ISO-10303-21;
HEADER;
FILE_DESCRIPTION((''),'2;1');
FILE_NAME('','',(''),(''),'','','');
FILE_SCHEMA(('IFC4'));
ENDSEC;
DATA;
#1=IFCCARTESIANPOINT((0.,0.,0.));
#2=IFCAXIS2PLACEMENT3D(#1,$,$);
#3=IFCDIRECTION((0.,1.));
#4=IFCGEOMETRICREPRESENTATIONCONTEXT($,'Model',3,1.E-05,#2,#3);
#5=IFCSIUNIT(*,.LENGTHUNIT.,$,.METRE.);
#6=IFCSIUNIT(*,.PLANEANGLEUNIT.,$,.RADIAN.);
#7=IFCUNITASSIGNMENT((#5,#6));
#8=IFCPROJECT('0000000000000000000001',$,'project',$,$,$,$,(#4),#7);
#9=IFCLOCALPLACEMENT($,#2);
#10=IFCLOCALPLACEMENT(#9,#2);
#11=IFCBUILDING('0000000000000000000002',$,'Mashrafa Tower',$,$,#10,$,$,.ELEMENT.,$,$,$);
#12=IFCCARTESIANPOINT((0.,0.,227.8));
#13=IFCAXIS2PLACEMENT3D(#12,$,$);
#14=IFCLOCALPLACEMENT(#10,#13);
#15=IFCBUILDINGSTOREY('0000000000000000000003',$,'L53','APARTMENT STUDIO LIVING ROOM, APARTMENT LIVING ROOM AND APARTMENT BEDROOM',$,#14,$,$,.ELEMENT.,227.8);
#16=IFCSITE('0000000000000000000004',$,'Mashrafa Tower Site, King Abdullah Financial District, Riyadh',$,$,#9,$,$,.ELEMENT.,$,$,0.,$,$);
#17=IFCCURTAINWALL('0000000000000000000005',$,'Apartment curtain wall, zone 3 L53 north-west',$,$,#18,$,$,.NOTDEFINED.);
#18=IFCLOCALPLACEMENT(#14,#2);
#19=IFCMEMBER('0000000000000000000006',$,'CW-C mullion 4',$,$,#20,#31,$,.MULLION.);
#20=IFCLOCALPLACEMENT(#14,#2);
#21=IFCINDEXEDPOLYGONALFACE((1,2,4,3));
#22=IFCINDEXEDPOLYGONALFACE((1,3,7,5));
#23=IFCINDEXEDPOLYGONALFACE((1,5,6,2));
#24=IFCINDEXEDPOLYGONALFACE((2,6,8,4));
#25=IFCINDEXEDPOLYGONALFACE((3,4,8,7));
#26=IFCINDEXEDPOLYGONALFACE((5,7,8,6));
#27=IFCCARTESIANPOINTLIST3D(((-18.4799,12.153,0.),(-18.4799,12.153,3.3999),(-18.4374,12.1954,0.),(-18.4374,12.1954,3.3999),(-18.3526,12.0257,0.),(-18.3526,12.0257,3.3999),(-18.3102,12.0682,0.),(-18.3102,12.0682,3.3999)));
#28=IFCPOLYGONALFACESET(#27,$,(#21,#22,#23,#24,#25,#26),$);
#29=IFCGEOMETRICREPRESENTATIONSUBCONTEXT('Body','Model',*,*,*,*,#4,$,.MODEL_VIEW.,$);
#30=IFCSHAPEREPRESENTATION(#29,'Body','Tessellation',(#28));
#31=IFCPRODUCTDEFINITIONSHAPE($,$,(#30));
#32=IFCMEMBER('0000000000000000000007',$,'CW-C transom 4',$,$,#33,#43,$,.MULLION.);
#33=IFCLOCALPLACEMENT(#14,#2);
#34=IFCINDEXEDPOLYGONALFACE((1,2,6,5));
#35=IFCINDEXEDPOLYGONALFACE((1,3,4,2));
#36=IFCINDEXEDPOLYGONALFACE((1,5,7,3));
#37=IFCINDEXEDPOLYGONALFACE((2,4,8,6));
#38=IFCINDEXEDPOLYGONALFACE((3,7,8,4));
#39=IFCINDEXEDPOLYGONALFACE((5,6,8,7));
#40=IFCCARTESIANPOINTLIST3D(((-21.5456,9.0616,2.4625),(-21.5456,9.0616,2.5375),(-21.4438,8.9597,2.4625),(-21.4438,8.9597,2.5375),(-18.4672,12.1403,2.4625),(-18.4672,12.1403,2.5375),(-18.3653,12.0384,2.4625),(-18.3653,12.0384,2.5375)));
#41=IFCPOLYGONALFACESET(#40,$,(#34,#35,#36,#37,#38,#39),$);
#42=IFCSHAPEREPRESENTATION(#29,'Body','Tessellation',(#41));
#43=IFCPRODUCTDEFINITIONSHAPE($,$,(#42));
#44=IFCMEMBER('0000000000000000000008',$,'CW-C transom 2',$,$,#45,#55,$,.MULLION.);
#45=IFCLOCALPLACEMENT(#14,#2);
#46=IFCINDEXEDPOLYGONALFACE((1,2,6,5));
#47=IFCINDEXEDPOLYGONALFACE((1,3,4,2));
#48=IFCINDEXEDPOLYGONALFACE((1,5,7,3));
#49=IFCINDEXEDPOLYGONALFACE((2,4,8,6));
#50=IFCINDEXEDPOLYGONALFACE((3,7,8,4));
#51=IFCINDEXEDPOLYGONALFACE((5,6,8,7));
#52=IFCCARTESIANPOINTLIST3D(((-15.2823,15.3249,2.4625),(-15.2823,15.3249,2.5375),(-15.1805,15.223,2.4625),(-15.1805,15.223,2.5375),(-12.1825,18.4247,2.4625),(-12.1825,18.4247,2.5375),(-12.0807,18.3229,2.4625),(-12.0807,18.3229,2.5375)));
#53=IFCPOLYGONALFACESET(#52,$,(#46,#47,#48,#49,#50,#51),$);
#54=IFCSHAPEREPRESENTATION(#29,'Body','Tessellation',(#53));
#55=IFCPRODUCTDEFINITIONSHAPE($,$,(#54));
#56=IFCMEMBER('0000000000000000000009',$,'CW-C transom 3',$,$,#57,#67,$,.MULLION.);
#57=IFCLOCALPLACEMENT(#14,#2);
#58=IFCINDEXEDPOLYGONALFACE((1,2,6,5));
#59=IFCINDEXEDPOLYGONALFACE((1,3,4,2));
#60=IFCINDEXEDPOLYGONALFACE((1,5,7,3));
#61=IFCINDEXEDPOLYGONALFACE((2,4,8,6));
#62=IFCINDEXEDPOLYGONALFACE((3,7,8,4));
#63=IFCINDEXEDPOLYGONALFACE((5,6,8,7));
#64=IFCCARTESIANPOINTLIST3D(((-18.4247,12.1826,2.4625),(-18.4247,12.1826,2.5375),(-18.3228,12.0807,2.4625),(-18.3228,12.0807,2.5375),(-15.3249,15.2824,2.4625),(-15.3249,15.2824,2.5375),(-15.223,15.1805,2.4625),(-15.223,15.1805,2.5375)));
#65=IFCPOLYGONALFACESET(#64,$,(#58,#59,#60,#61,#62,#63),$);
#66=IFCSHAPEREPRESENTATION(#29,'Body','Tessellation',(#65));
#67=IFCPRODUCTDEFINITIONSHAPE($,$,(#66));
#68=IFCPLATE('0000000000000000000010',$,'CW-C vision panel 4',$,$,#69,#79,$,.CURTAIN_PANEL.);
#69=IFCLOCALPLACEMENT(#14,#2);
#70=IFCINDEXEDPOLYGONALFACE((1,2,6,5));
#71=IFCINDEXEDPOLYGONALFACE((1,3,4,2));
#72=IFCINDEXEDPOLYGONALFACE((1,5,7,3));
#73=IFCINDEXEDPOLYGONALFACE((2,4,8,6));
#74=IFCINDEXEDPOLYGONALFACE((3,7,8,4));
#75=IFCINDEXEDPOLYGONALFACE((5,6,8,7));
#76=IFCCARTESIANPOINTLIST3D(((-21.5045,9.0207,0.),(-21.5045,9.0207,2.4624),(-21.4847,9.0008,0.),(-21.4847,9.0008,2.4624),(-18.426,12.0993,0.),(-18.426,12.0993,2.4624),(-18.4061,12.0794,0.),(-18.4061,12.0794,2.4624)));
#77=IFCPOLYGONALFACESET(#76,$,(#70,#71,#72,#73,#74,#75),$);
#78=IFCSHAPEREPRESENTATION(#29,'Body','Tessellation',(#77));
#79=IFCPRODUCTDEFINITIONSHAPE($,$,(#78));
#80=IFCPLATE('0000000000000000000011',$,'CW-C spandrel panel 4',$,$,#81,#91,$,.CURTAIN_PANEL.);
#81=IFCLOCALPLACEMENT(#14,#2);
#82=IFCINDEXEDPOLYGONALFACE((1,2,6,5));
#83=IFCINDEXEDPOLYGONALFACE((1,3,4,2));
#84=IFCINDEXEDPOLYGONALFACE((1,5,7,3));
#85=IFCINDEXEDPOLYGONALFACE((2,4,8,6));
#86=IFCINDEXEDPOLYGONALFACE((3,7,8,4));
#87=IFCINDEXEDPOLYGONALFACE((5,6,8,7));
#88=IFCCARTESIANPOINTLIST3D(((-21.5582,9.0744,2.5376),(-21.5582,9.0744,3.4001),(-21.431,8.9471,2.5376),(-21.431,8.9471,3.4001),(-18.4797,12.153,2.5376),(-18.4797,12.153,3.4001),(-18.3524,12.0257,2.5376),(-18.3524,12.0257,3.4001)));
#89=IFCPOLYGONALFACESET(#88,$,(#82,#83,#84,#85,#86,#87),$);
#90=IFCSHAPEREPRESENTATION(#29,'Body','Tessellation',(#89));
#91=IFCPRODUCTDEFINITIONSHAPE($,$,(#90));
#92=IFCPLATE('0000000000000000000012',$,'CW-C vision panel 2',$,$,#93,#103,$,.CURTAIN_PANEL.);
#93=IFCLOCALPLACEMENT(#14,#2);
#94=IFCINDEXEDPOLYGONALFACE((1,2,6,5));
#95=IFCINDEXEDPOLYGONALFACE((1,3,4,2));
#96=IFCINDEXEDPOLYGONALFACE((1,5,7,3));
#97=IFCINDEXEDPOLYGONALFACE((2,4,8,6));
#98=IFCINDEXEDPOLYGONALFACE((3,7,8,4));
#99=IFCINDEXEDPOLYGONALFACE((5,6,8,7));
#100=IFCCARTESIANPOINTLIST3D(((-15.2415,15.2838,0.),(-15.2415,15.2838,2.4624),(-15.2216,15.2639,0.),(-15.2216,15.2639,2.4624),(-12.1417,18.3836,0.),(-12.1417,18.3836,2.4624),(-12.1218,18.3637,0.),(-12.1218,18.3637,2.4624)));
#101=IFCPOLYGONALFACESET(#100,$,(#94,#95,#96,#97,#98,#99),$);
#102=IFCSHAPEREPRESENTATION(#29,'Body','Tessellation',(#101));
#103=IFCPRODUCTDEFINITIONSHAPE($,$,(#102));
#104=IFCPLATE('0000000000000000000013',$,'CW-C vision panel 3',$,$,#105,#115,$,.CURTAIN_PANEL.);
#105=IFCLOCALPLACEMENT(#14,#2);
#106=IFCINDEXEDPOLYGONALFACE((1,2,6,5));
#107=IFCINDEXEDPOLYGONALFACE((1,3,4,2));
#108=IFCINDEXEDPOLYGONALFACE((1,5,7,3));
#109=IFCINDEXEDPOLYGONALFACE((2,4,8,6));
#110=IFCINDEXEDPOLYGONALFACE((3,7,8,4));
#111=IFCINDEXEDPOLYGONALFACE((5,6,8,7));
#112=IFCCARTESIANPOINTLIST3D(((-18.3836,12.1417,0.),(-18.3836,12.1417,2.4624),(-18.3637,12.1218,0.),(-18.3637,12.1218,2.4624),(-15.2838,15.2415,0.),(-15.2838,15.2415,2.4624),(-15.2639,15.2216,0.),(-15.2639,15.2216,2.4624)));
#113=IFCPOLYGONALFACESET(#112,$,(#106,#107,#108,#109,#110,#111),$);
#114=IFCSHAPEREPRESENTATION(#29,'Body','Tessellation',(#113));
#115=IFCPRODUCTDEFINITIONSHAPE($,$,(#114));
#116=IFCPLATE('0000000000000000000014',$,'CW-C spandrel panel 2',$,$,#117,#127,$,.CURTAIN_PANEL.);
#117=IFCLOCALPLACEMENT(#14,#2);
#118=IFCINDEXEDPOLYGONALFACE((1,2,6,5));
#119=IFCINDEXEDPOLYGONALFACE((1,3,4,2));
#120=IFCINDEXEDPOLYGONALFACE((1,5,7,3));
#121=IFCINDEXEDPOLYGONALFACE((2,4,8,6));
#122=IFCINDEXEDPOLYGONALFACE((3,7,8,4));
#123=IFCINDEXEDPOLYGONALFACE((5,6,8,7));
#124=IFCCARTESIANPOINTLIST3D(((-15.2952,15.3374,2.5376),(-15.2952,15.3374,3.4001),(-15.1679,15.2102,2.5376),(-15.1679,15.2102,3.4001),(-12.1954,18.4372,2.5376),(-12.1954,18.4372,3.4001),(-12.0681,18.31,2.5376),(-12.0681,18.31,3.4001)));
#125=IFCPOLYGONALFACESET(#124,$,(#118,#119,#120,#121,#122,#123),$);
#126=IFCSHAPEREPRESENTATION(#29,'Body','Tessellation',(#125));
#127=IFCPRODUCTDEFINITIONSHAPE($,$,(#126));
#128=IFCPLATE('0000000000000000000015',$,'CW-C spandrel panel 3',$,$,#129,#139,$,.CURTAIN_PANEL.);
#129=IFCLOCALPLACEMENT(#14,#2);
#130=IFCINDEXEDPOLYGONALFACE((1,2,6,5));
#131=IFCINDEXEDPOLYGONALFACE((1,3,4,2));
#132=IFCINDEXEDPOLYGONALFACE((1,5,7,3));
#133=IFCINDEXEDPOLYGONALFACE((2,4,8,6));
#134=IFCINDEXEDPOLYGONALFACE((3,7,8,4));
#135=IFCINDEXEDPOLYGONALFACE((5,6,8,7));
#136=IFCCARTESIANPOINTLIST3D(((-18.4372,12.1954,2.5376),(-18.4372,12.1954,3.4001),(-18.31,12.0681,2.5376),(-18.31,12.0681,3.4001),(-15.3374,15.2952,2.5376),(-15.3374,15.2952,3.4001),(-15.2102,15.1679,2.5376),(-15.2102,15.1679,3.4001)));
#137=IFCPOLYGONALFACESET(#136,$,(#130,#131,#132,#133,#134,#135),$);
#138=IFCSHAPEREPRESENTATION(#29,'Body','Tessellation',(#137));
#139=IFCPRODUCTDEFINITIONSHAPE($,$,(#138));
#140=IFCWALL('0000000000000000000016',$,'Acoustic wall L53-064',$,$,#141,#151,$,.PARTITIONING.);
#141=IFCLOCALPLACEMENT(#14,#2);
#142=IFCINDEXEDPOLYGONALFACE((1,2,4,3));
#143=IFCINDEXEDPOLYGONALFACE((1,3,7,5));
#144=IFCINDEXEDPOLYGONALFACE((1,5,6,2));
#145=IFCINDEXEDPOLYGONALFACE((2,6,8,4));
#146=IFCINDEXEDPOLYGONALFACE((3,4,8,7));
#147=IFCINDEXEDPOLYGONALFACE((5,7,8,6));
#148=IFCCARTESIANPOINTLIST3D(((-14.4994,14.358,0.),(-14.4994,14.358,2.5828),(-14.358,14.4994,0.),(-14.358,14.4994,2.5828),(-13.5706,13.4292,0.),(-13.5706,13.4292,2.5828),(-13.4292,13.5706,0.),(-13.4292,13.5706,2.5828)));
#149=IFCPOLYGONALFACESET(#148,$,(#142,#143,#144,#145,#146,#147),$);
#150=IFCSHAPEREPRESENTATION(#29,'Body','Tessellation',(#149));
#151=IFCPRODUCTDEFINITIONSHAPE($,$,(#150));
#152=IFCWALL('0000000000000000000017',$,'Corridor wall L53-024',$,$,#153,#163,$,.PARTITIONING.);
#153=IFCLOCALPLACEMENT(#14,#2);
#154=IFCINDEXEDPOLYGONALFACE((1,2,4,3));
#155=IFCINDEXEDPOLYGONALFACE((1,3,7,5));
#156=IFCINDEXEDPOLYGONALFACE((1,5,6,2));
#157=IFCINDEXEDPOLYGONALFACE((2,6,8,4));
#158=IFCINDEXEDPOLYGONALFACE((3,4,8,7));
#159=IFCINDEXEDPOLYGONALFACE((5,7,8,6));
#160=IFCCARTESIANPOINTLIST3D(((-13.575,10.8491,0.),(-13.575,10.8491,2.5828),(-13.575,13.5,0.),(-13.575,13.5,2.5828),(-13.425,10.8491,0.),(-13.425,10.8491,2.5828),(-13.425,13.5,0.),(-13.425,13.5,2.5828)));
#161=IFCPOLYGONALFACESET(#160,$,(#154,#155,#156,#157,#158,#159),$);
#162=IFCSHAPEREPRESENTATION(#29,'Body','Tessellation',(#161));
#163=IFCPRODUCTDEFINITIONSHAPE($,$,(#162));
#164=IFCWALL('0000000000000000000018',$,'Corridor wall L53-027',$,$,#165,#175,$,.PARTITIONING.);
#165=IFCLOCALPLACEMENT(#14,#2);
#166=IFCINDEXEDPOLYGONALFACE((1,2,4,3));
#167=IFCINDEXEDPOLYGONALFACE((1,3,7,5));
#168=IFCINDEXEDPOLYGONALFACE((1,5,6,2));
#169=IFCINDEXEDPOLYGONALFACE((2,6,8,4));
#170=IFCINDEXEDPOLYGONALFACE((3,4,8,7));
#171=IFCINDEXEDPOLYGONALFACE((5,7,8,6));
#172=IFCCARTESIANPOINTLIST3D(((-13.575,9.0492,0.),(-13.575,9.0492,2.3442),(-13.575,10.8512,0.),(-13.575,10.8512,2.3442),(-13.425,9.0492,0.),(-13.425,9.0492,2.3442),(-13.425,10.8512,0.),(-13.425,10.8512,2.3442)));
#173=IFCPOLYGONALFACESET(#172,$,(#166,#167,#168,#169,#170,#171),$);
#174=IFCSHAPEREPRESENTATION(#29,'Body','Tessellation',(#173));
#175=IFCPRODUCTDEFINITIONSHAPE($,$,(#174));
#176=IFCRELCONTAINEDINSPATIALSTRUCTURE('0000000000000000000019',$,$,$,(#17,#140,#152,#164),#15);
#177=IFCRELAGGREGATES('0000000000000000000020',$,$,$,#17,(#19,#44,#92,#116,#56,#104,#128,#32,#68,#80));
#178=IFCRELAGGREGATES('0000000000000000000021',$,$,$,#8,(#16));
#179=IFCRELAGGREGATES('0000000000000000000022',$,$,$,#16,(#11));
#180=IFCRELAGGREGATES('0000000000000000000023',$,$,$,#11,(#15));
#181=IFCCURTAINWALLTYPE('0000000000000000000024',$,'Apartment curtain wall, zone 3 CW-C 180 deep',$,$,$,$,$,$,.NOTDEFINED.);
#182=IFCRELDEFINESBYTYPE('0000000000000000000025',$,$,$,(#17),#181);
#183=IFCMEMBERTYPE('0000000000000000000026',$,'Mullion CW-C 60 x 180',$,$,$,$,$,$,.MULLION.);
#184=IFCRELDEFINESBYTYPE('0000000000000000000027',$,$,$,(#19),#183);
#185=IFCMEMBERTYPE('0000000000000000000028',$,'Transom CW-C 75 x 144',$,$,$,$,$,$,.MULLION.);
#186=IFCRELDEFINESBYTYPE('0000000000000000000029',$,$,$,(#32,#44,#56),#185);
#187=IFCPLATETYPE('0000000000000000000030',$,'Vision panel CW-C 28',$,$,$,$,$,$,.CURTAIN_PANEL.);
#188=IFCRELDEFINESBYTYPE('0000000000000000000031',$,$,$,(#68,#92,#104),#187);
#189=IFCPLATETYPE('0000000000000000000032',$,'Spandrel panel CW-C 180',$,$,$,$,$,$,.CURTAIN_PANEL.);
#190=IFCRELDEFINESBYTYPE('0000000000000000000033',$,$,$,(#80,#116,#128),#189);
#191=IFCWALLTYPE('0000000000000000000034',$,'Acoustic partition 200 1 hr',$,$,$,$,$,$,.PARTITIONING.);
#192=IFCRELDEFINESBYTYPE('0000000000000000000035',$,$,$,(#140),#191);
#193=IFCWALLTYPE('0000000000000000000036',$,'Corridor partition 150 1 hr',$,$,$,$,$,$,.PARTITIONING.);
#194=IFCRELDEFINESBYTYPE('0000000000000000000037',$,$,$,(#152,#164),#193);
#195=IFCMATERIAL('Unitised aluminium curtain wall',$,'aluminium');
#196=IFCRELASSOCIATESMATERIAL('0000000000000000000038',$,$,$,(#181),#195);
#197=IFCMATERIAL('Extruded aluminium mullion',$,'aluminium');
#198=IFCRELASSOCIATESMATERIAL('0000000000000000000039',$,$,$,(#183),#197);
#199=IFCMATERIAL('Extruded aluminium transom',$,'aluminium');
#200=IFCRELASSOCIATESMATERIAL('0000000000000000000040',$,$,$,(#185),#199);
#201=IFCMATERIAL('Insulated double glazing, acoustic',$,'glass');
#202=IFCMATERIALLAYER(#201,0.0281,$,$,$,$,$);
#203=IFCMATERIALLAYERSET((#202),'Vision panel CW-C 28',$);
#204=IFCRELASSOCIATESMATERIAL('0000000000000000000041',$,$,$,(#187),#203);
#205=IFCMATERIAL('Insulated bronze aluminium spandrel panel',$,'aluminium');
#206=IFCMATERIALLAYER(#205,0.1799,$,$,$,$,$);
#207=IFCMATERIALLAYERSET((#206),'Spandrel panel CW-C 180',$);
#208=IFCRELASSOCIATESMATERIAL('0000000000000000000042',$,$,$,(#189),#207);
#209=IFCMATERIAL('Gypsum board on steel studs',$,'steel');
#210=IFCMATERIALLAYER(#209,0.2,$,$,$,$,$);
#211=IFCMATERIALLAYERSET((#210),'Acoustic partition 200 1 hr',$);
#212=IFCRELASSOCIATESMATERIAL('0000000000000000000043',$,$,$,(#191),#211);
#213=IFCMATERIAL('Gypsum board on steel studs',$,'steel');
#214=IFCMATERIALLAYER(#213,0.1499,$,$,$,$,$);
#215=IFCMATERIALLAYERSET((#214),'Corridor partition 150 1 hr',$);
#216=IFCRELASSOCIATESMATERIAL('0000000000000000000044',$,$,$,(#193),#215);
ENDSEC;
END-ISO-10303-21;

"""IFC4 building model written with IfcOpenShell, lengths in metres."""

from ifc_helpers import new_model, si_unit, direction, frame, frame_2d, origin, origin_2d, place, context, subcontext, project, spatial, rectangle, extrude, source, transform, mapped, material, layer, layer_set, material_profile, profile_set, type_object, type_shapes, element, aggregate, save


model = new_model("IFC4")

# Units and contexts
model_context = context("Model", 3, precision=1e-05, world=origin(), true_north=direction((0.0, 1.0)))
body_context = subcontext(model_context, "Body", "Model", "MODEL_VIEW")
ifc_project = project(units=[si_unit("LENGTHUNIT", "METRE"), si_unit("PLANEANGLEUNIT", "RADIAN")], contexts=[model_context])

# Site, building, storey
site_placement = place(None, origin())
site = spatial("IfcSite", under=ifc_project, at=site_placement, Name="Mashrafa Tower Site, King Abdullah Financial District, Riyadh", CompositionType="ELEMENT", RefElevation=0.0)
building_placement = place(site_placement, origin())
building = spatial("IfcBuilding", under=site, at=building_placement, Name="Mashrafa Tower", CompositionType="ELEMENT")
storey_placement = place(building_placement, frame((0.0, 0.0, 227.8)))
storey = spatial("IfcBuildingStorey", under=building, at=storey_placement, Name="L53", Description="APARTMENT STUDIO LIVING ROOM, APARTMENT LIVING ROOM AND APARTMENT BEDROOM", CompositionType="ELEMENT", Elevation=227.8)

# Curtain wall, members, plates
ifc_material_1 = material(Name="Unitised aluminium curtain wall", Category="aluminium")
curtain_wall_type = type_object("IfcCurtainWallType", Name="Apartment curtain wall, zone 3 CW-C 180 deep", PredefinedType="NOTDEFINED", material=ifc_material_1)
curtain_wall_placement = place(storey_placement, origin())
curtain_wall = element("IfcCurtainWall", 1, at=curtain_wall_placement, inside=storey, type_object=curtain_wall_type, Name="Apartment curtain wall, zone 3 L53 north-west", PredefinedType="NOTDEFINED")
ifc_material_2 = material(Name="Extruded aluminium mullion", Category="aluminium")
ifc_material_profile_1 = material_profile(ifc_material_2, rectangle(XDim=0.1799, YDim=0.0601, at=origin_2d()), Name="Mullion 60x180")
ifc_profile_set_1 = profile_set([ifc_material_profile_1], Name="Extruded aluminium mullion")
member_type_1 = type_object("IfcMemberType", Name="Mullion CW-C 60 x 180", PredefinedType="MULLION", material=ifc_profile_set_1)
shared_shape_1 = source(origin(), body_context, "Body", "SweptSolid", [
    extrude(rectangle(XDim=0.1799, YDim=0.0601, at=origin_2d()), origin(), (0.0, 0.0, 1.0), 3.3999),
])
type_shapes(member_type_1, [shared_shape_1])
member_1_placement = place(storey_placement, frame((-18.395, 12.1106, 0.0), z_axis=(0.0, 0.0, 1.0), x_axis=(0.707107, -0.707107, 0.0)))
member_1 = element("IfcMember", 2, at=member_1_placement, type_object=member_type_1, Name="CW-C mullion 4", PredefinedType="MULLION", context=body_context, shape_type="MappedRepresentation", body=[
    mapped(shared_shape_1, transform((0.0, 0.0, 0.0))),
])
ifc_material_3 = material(Name="Extruded aluminium transom", Category="aluminium")
ifc_material_profile_2 = material_profile(ifc_material_3, rectangle(XDim=0.144, YDim=0.075, at=origin_2d()), Name="Transom 75x144")
ifc_profile_set_2 = profile_set([ifc_material_profile_2], Name="Extruded aluminium transom")
member_type_2 = type_object("IfcMemberType", Name="Transom CW-C 75 x 144", PredefinedType="MULLION", material=ifc_profile_set_2)
shared_shape_2 = source(origin(), body_context, "Body", "SweptSolid", [
    extrude(rectangle(XDim=0.144, YDim=0.075, at=origin_2d()), origin(), (0.0, 0.0, 1.0), 4.3538),
])
member_2_placement = place(storey_placement, frame((-18.4163, 12.0894, 2.5), z_axis=(-0.707079, -0.707135, 0.0), x_axis=(0.707135, -0.707079, 0.0)))
member_2 = element("IfcMember", 3, at=member_2_placement, type_object=member_type_2, Name="CW-C transom 4", PredefinedType="MULLION", context=body_context, shape_type="MappedRepresentation", body=[
    mapped(shared_shape_2, transform((0.0, 0.0, 0.0))),
])
shared_shape_3 = source(origin(), body_context, "Body", "SweptSolid", [
    extrude(rectangle(XDim=0.144, YDim=0.075, at=origin_2d()), origin(), (0.0, 0.0, 1.0), 4.3838),
])
type_shapes(member_type_2, [shared_shape_2, shared_shape_3])
member_3_placement = place(storey_placement, frame((-12.1316, 18.3738, 2.5), z_axis=(-0.707107, -0.707107, 0.0), x_axis=(0.707107, -0.707107, 0.0)))
member_3 = element("IfcMember", 4, at=member_3_placement, type_object=member_type_2, Name="CW-C transom 2", PredefinedType="MULLION", context=body_context, shape_type="MappedRepresentation", body=[
    mapped(shared_shape_3, transform((0.0, 0.0, 0.0))),
])
member_4_placement = place(storey_placement, frame((-15.2739, 15.2314, 2.5), z_axis=(-0.707107, -0.707107, 0.0), x_axis=(0.707107, -0.707107, 0.0)))
member_4 = element("IfcMember", 5, at=member_4_placement, type_object=member_type_2, Name="CW-C transom 3", PredefinedType="MULLION", context=body_context, shape_type="MappedRepresentation", body=[
    mapped(shared_shape_3, transform((0.0, 0.0, 0.0))),
])
ifc_material_4 = material(Name="Insulated double glazing, acoustic", Category="glass")
ifc_layer_1 = layer(ifc_material_4, 0.0281)
ifc_layer_set_1 = layer_set([ifc_layer_1], Name="Vision panel CW-C 28")
plate_type_1 = type_object("IfcPlateType", Name="Vision panel CW-C 28", PredefinedType="CURTAIN_PANEL", material=ifc_layer_set_1)
shared_shape_4 = source(origin(), body_context, "Body", "SweptSolid", [
    extrude(rectangle(XDim=4.3538, YDim=0.0281, at=origin_2d()), origin(), (0.0, 0.0, 1.0), 2.4624),
])
plate_1_placement = place(storey_placement, frame((-19.9553, 10.55, 0.0), z_axis=(0.0, 0.0, 1.0), x_axis=(-0.707107, -0.707107, 0.0)))
plate_1 = element("IfcPlate", 6, at=plate_1_placement, type_object=plate_type_1, Name="CW-C vision panel 4", PredefinedType="CURTAIN_PANEL", context=body_context, shape_type="MappedRepresentation", body=[
    mapped(shared_shape_4, transform((0.0, 0.0, 0.0))),
])
ifc_material_5 = material(Name="Insulated bronze aluminium spandrel panel", Category="aluminium")
ifc_layer_2 = layer(ifc_material_5, 0.1799)
ifc_layer_set_2 = layer_set([ifc_layer_2], Name="Spandrel panel CW-C 180")
plate_type_2 = type_object("IfcPlateType", Name="Spandrel panel CW-C 180", PredefinedType="CURTAIN_PANEL", material=ifc_layer_set_2)
shared_shape_5 = source(origin(), body_context, "Body", "SweptSolid", [
    extrude(rectangle(XDim=4.3538, YDim=0.1799, at=origin_2d()), origin(), (0.0, 0.0, 1.0), 0.8625),
])
plate_2_placement = place(storey_placement, frame((-19.9553, 10.55, 2.5376), z_axis=(0.0, 0.0, 1.0), x_axis=(-0.707107, -0.707107, 0.0)))
plate_2 = element("IfcPlate", 7, at=plate_2_placement, type_object=plate_type_2, Name="CW-C spandrel panel 4", PredefinedType="CURTAIN_PANEL", context=body_context, shape_type="MappedRepresentation", body=[
    mapped(shared_shape_5, transform((0.0, 0.0, 0.0))),
])
shared_shape_6 = source(origin(), body_context, "Body", "SweptSolid", [
    extrude(rectangle(XDim=4.3838, YDim=0.0281, at=origin_2d()), origin(), (0.0, 0.0, 1.0), 2.4624),
])
type_shapes(plate_type_1, [shared_shape_4, shared_shape_6])
plate_3_placement = place(storey_placement, frame((-13.6816, 16.8237, 0.0), z_axis=(0.0, 0.0, 1.0), x_axis=(-0.707107, -0.707107, 0.0)))
plate_3 = element("IfcPlate", 8, at=plate_3_placement, type_object=plate_type_1, Name="CW-C vision panel 2", PredefinedType="CURTAIN_PANEL", context=body_context, shape_type="MappedRepresentation", body=[
    mapped(shared_shape_6, transform((0.0, 0.0, 0.0))),
])
plate_4_placement = place(storey_placement, frame((-16.8237, 13.6816, 0.0), z_axis=(0.0, 0.0, 1.0), x_axis=(-0.707107, -0.707107, 0.0)))
plate_4 = element("IfcPlate", 9, at=plate_4_placement, type_object=plate_type_1, Name="CW-C vision panel 3", PredefinedType="CURTAIN_PANEL", context=body_context, shape_type="MappedRepresentation", body=[
    mapped(shared_shape_6, transform((0.0, 0.0, 0.0))),
])
shared_shape_7 = source(origin(), body_context, "Body", "SweptSolid", [
    extrude(rectangle(XDim=4.3838, YDim=0.1799, at=origin_2d()), origin(), (0.0, 0.0, 1.0), 0.8625),
])
type_shapes(plate_type_2, [shared_shape_5, shared_shape_7])
plate_5_placement = place(storey_placement, frame((-13.6816, 16.8237, 2.5376), z_axis=(0.0, 0.0, 1.0), x_axis=(-0.707107, -0.707107, 0.0)))
plate_5 = element("IfcPlate", 10, at=plate_5_placement, type_object=plate_type_2, Name="CW-C spandrel panel 2", PredefinedType="CURTAIN_PANEL", context=body_context, shape_type="MappedRepresentation", body=[
    mapped(shared_shape_7, transform((0.0, 0.0, 0.0))),
])
plate_6_placement = place(storey_placement, frame((-16.8237, 13.6816, 2.5376), z_axis=(0.0, 0.0, 1.0), x_axis=(-0.707107, -0.707107, 0.0)))
plate_6 = element("IfcPlate", 11, at=plate_6_placement, type_object=plate_type_2, Name="CW-C spandrel panel 3", PredefinedType="CURTAIN_PANEL", context=body_context, shape_type="MappedRepresentation", body=[
    mapped(shared_shape_7, transform((0.0, 0.0, 0.0))),
])
aggregate(curtain_wall, [member_1, member_3, plate_3, plate_5, member_4, plate_4, plate_6, member_2, plate_1, plate_2])

# Walls
ifc_material_6 = material(Name="Gypsum board on steel studs", Category="steel")
ifc_layer_3 = layer(ifc_material_6, 0.2)
ifc_layer_set_3 = layer_set([ifc_layer_3], Name="Acoustic partition 200 1 hr")
wall_type_1 = type_object("IfcWallType", Name="Acoustic partition 200 1 hr", PredefinedType="PARTITIONING", material=ifc_layer_set_3)
wall_1_placement = place(storey_placement, frame((-14.4287, 14.4287, 0.0), z_axis=(0.0, 0.0, 1.0), x_axis=(0.707107, -0.707107, 0.0)))
element("IfcWall", 12, at=wall_1_placement, inside=storey, type_object=wall_type_1, Name="Acoustic wall L53-064", PredefinedType="PARTITIONING", context=body_context, shape_type="SweptSolid", body=[
    extrude(rectangle(XDim=1.3135, YDim=0.2, at=frame_2d((0.6567, 0.0))), origin(), (0.0, 0.0, 1.0), 2.5828),
])
ifc_material_7 = material(Name="Gypsum board on steel studs", Category="steel")
ifc_layer_4 = layer(ifc_material_7, 0.1499)
ifc_layer_set_4 = layer_set([ifc_layer_4], Name="Corridor partition 150 1 hr")
wall_type_2 = type_object("IfcWallType", Name="Corridor partition 150 1 hr", PredefinedType="PARTITIONING", material=ifc_layer_set_4)
wall_2_placement = place(storey_placement, frame((-13.5, 13.5, 0.0), z_axis=(0.0, 0.0, 1.0), x_axis=(0.0, -1.0, 0.0)))
element("IfcWall", 13, at=wall_2_placement, inside=storey, type_object=wall_type_2, Name="Corridor wall L53-024", PredefinedType="PARTITIONING", context=body_context, shape_type="SweptSolid", body=[
    extrude(rectangle(XDim=2.6509, YDim=0.1499, at=frame_2d((1.3254, 0.0))), origin(), (0.0, 0.0, 1.0), 2.5828),
])
wall_3_placement = place(storey_placement, frame((-13.5, 10.8511, 0.0), z_axis=(0.0, 0.0, 1.0), x_axis=(0.0, -1.0, 0.0)))
element("IfcWall", 14, at=wall_3_placement, inside=storey, type_object=wall_type_2, Name="Corridor wall L53-027", PredefinedType="PARTITIONING", context=body_context, shape_type="SweptSolid", body=[
    extrude(rectangle(XDim=1.802, YDim=0.1499, at=frame_2d((0.9009, 0.0))), origin(), (0.0, 0.0, 1.0), 2.3442),
])

save(model, "model.ifc")
